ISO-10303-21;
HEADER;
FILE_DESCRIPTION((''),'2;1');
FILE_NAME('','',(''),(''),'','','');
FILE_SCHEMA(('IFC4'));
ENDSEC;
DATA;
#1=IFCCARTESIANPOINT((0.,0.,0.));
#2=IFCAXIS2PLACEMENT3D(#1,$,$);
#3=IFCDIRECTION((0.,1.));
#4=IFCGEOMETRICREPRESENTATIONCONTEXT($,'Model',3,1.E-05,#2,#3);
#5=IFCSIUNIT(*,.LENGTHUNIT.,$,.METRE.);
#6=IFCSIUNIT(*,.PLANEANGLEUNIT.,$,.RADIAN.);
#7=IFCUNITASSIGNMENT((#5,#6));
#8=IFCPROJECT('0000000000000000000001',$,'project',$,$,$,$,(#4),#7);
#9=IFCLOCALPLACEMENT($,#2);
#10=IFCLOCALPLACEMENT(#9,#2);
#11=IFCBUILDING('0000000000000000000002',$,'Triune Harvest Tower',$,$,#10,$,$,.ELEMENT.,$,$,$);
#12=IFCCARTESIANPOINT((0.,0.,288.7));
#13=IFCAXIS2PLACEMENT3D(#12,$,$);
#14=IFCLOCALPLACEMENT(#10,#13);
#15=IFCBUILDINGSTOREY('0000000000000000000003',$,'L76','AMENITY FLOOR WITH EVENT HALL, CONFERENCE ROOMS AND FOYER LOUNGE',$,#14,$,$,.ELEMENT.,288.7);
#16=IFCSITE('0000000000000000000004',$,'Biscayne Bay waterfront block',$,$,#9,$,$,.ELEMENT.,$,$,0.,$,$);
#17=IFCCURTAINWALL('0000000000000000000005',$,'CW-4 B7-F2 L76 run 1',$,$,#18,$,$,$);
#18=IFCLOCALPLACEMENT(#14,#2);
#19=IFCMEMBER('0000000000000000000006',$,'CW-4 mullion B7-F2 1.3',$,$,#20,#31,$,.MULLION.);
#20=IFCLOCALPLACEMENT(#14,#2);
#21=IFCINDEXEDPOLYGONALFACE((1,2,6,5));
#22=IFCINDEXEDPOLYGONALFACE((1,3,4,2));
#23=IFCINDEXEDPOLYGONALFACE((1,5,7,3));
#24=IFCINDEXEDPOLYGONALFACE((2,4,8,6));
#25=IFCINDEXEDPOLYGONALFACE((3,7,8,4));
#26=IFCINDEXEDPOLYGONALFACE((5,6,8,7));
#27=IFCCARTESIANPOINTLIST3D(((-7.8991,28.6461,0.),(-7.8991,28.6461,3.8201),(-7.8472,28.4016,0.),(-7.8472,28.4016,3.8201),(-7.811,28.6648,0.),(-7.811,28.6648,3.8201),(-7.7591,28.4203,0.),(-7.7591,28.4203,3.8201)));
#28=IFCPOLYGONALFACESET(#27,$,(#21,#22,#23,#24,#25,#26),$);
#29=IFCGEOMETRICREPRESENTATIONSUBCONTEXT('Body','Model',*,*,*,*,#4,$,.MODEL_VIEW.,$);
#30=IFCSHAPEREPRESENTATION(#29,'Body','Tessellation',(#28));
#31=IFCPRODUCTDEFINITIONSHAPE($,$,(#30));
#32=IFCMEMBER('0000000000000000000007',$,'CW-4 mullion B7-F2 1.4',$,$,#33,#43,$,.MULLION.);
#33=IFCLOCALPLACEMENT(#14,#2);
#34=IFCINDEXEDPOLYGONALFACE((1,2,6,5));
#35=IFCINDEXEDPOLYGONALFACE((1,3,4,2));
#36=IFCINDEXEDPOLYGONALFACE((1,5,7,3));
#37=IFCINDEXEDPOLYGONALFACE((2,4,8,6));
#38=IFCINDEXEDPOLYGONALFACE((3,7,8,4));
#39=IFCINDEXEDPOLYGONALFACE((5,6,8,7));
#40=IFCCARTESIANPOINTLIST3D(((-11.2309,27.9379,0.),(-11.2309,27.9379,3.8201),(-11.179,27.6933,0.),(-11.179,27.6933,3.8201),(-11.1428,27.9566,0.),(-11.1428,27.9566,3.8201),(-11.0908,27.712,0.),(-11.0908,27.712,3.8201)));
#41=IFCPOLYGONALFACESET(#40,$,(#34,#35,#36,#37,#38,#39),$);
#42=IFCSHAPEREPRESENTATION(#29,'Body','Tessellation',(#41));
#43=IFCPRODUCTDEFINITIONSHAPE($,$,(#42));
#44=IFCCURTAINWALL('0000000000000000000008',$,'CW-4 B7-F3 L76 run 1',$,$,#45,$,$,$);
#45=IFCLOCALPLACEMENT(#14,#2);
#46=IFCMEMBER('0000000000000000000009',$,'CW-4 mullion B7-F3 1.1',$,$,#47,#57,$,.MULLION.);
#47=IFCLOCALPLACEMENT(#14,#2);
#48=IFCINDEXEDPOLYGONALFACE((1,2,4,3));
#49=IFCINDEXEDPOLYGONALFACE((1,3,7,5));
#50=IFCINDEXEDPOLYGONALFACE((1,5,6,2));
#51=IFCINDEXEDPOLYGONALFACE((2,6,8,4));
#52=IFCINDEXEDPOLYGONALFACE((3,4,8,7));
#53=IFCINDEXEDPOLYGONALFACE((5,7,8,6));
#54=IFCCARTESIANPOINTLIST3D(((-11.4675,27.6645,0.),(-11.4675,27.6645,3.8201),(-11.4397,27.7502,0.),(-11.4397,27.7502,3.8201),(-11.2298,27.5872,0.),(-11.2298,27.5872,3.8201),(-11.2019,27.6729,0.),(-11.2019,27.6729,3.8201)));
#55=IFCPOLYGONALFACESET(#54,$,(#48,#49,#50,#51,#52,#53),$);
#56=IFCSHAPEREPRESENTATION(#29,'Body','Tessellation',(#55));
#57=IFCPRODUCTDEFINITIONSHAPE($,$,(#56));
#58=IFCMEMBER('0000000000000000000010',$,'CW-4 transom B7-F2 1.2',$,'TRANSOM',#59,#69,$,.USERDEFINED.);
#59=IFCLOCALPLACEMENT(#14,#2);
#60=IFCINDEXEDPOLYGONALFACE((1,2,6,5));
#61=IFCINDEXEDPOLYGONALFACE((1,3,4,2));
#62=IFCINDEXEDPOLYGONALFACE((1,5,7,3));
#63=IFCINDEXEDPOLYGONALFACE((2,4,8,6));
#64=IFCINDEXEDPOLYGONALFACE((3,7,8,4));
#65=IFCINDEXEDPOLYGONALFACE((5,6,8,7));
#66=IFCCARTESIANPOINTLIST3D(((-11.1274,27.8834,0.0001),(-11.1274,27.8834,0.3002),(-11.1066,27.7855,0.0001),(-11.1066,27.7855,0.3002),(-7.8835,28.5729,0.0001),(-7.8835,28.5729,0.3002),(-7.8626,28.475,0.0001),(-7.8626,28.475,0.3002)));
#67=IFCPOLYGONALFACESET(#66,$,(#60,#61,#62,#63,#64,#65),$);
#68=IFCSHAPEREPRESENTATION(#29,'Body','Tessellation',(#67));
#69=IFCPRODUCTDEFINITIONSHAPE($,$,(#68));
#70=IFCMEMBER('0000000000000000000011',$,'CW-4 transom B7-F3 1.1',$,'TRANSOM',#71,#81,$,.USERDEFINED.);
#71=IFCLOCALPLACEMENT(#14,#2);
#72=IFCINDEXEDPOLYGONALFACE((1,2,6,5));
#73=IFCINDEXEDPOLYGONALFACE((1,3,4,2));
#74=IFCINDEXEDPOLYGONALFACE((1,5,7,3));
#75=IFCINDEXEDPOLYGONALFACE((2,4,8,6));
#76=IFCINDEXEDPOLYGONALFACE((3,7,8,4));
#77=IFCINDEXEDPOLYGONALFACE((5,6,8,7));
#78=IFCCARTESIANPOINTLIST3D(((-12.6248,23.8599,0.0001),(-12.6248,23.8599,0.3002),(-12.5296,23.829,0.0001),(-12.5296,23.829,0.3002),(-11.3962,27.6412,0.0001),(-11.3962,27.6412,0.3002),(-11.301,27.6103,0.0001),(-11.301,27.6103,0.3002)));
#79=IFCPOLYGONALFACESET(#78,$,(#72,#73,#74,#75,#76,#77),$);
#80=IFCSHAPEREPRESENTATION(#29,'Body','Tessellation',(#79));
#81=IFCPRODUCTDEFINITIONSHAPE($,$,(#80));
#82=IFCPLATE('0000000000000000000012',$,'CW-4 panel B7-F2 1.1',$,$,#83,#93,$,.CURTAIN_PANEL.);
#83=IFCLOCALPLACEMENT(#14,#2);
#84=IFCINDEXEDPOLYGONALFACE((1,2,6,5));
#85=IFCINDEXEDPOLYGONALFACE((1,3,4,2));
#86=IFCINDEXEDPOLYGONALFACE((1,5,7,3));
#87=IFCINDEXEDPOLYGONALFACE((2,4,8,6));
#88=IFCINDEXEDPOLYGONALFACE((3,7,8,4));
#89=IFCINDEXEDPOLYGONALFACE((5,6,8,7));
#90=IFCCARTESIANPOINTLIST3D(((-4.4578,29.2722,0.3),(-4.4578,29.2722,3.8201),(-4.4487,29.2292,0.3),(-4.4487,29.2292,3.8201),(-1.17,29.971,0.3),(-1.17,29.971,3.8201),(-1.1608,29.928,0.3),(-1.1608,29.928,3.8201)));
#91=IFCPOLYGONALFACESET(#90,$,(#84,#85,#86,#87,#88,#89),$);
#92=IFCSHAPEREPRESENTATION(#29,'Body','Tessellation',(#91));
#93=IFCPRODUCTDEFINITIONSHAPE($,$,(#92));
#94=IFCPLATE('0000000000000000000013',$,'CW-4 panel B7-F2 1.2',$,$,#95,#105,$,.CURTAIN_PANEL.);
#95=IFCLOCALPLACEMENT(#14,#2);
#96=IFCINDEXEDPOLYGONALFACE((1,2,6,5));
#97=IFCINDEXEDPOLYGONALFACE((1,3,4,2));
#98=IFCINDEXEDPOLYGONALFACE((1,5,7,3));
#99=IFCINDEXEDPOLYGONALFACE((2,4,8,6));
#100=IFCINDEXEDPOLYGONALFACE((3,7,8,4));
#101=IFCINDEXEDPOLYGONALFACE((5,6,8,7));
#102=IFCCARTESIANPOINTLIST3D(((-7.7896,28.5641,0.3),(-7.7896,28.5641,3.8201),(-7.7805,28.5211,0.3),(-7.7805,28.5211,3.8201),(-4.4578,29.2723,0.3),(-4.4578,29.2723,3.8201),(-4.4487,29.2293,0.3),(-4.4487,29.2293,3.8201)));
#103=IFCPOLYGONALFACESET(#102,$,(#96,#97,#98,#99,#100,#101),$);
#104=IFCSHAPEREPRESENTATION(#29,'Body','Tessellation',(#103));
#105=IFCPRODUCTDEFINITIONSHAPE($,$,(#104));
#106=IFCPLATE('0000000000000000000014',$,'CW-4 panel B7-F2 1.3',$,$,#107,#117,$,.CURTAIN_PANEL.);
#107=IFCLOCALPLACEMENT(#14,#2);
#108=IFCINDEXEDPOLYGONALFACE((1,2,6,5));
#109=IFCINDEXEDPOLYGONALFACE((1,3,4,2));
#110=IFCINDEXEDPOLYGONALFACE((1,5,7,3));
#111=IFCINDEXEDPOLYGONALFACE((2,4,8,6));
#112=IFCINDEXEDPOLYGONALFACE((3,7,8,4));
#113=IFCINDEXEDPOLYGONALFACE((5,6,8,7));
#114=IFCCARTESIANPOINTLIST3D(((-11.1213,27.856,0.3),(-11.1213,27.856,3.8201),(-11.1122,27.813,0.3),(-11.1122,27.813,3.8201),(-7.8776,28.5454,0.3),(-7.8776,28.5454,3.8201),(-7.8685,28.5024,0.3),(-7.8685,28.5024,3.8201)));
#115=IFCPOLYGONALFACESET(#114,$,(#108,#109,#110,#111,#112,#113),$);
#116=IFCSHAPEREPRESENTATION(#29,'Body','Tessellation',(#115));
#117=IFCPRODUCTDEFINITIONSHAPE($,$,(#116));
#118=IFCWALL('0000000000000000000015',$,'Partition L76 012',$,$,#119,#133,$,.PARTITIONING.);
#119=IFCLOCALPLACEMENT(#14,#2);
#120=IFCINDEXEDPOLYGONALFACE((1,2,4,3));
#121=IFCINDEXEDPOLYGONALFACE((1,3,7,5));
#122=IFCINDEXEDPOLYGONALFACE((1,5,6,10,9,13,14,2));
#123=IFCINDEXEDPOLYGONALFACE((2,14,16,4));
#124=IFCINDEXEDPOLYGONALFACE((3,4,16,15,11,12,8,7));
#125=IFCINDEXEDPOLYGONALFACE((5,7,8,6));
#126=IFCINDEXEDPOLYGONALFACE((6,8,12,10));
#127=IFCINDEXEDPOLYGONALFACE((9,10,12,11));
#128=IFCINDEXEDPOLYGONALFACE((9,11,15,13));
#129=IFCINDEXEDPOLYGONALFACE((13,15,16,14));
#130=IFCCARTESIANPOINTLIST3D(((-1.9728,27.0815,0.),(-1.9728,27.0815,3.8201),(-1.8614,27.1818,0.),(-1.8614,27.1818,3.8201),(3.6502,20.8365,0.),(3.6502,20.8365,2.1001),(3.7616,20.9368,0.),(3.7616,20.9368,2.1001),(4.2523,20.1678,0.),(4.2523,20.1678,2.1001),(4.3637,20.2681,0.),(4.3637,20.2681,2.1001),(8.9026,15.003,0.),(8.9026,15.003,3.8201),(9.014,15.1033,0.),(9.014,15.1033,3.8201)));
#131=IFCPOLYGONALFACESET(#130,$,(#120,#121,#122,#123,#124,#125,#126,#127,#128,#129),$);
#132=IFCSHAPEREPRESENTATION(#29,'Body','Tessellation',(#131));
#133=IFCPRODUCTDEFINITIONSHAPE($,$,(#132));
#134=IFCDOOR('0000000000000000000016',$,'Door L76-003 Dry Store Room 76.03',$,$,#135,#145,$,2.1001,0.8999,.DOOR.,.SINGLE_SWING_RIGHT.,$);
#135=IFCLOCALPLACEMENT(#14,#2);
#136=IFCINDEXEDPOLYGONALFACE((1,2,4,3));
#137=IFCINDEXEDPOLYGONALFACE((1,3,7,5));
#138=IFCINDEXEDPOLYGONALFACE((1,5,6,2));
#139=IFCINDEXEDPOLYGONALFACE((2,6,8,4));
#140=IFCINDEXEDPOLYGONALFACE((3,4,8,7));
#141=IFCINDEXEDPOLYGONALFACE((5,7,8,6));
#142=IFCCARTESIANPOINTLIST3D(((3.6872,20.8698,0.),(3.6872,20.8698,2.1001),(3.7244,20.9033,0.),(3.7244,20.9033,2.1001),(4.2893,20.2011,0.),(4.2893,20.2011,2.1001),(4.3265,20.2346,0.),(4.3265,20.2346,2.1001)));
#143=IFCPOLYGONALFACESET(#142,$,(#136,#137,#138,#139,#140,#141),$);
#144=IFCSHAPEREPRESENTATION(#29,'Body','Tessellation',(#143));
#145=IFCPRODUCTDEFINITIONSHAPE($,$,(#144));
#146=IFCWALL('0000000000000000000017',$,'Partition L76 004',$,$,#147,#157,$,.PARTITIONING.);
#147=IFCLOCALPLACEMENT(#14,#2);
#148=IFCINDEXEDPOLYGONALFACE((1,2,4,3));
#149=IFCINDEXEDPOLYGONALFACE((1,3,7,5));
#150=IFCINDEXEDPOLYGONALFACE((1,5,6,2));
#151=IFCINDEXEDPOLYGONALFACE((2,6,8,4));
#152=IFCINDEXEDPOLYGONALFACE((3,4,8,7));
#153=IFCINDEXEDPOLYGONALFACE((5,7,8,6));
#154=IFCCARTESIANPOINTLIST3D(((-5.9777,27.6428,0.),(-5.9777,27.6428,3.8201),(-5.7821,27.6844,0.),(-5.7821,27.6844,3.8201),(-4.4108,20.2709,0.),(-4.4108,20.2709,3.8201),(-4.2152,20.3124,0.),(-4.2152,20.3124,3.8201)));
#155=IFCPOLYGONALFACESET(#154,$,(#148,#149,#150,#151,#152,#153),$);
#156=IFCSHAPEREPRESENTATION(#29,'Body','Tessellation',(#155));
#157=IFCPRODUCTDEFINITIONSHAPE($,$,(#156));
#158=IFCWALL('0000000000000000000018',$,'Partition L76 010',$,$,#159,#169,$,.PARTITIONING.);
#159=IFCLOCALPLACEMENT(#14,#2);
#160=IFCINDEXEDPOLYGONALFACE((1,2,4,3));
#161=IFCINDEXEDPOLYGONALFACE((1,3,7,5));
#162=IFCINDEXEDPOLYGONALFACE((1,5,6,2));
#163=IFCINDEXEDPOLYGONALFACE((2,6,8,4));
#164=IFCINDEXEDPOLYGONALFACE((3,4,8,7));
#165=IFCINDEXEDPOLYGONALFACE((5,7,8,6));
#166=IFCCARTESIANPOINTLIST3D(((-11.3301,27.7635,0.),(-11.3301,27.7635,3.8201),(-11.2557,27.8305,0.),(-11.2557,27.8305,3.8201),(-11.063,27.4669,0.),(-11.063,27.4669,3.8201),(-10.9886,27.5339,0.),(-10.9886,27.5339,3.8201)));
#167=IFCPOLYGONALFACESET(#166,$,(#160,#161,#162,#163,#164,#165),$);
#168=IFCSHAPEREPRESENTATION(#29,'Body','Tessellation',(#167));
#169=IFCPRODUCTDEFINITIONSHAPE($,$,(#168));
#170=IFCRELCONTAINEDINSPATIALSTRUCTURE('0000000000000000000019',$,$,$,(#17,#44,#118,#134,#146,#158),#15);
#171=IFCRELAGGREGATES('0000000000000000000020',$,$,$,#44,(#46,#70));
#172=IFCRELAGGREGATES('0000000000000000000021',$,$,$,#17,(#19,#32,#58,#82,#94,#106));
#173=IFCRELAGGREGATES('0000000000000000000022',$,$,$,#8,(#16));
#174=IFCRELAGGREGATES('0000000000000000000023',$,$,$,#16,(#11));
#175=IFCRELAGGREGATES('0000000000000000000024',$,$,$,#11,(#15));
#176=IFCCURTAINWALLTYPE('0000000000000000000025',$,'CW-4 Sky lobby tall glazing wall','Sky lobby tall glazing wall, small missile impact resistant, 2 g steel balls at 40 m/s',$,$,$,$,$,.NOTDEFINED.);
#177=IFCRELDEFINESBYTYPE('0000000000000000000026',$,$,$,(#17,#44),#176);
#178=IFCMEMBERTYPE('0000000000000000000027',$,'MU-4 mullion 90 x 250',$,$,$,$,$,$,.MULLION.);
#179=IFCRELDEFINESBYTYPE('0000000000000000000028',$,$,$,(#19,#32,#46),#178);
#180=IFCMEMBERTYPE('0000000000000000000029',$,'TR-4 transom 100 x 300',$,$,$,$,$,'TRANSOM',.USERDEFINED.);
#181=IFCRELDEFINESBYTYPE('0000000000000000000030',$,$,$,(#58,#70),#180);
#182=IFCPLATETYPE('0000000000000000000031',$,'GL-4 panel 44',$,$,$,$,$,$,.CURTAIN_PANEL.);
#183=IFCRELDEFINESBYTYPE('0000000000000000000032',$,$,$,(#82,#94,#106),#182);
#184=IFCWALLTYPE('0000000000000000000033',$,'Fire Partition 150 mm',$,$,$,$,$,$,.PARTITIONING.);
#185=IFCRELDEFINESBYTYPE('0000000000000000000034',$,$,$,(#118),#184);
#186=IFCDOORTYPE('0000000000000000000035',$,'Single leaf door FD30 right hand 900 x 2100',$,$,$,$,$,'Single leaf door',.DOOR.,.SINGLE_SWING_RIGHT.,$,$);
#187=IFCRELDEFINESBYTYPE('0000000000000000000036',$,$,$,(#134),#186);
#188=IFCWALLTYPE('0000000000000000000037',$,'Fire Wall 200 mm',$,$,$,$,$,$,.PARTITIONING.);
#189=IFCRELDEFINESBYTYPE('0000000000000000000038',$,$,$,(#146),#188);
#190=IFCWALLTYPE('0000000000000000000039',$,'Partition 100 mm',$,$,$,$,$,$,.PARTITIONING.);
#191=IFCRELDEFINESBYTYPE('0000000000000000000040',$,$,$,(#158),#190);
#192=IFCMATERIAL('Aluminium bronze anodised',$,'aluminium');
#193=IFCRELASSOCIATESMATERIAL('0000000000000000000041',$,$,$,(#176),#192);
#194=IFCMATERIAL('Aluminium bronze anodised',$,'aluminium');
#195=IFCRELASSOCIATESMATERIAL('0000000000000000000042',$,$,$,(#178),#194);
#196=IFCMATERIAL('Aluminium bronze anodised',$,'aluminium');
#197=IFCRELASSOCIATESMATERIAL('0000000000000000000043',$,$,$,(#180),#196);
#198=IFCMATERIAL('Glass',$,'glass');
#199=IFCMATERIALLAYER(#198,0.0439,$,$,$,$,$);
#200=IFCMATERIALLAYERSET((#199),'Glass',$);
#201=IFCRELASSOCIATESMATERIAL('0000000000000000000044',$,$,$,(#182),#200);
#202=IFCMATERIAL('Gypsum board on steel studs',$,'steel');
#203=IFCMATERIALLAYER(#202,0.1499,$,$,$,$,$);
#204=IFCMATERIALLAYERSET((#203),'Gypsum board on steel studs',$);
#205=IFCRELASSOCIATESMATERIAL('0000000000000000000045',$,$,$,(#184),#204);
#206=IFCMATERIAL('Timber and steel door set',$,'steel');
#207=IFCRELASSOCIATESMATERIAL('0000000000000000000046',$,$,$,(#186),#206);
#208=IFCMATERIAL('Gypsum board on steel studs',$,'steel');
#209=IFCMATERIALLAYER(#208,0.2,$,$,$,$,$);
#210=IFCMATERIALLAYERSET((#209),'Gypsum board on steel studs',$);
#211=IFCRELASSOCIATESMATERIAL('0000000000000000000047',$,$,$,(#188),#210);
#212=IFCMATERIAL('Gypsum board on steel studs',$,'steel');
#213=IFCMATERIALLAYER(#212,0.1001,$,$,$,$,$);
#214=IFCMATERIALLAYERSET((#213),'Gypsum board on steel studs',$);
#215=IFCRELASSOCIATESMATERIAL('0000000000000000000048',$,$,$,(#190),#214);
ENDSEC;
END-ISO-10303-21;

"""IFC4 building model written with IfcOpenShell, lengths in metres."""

from ifc_helpers import new_model, si_unit, direction, frame, frame_2d, origin, origin_2d, place, context, subcontext, project, spatial, rectangle, extrude, source, transform, mapped, material, layer, layer_set, material_profile, profile_set, type_object, element, fill, aggregate, save


model = new_model("IFC4")

# Units and contexts
model_context = context("Model", 3, precision=1e-05, world=origin(), true_north=direction((0.0, 1.0)))
body_context = subcontext(model_context, "Body", "Model", "MODEL_VIEW")
ifc_project = project(units=[si_unit("LENGTHUNIT", "METRE"), si_unit("PLANEANGLEUNIT", "RADIAN")], contexts=[model_context])

# Site, building, storey
site_placement = place(None, origin())
site = spatial("IfcSite", under=ifc_project, at=site_placement, Name="Biscayne Bay waterfront block", CompositionType="ELEMENT", RefElevation=0.0)
building_placement = place(site_placement, origin())
building = spatial("IfcBuilding", under=site, at=building_placement, Name="Triune Harvest Tower", CompositionType="ELEMENT")
storey_placement = place(building_placement, frame((0.0, 0.0, 288.7)))
storey = spatial("IfcBuildingStorey", under=building, at=storey_placement, Name="L76", Description="AMENITY FLOOR WITH EVENT HALL, CONFERENCE ROOMS AND FOYER LOUNGE", CompositionType="ELEMENT", Elevation=288.7)

# Curtain wall, members
ifc_material_1 = material(Name="Aluminium bronze anodised", Category="aluminium")
curtain_wall_type = type_object("IfcCurtainWallType", Name="CW-4 Sky lobby tall glazing wall", Description="Sky lobby tall glazing wall, small missile impact resistant, 2 g steel balls at 40 m/s", PredefinedType="NOTDEFINED", material=ifc_material_1)
curtain_wall_1_placement = place(storey_placement, origin())
curtain_wall_1 = element("IfcCurtainWall", 1, at=curtain_wall_1_placement, inside=storey, type_object=curtain_wall_type, Name="CW-4 B7-F2 L76 run 1")
ifc_material_2 = material(Name="Aluminium bronze anodised", Category="aluminium")
ifc_material_profile_1 = material_profile(ifc_material_2, rectangle(XDim=0.25, YDim=0.0901, at=origin_2d()), Name="MU-4 mullion 90 x 250")
ifc_profile_set_1 = profile_set([ifc_material_profile_1], Name="Aluminium bronze anodised")
member_type_1 = type_object("IfcMemberType", Name="MU-4 mullion 90 x 250", PredefinedType="MULLION", material=ifc_profile_set_1)
shared_shape_1 = source(origin(), body_context, "Body", "SweptSolid", [
    extrude(rectangle(XDim=0.25, YDim=0.0901, at=origin_2d()), origin(), (0.0, 0.0, 1.0), 3.8201),
])
member_1_placement = place(storey_placement, frame((-7.8291, 28.5332, 0.0), z_axis=(0.0, 0.0, 1.0), x_axis=(0.207905, -0.978149, 0.0)))
member_1 = element("IfcMember", 2, at=member_1_placement, type_object=member_type_1, Name="CW-4 mullion B7-F2 1.3", PredefinedType="MULLION", context=body_context, shape_type="MappedRepresentation", body=[
    mapped(shared_shape_1, transform((0.0, 0.0, 0.0), scale=1.0)),
])
member_2_placement = place(storey_placement, frame((-11.1609, 27.825, 0.0), z_axis=(0.0, 0.0, 1.0), x_axis=(0.207905, -0.978149, 0.0)))
member_2 = element("IfcMember", 3, at=member_2_placement, type_object=member_type_1, Name="CW-4 mullion B7-F2 1.4", PredefinedType="MULLION", context=body_context, shape_type="MappedRepresentation", body=[
    mapped(shared_shape_1, transform((0.0, 0.0, 0.0), scale=1.0)),
])

# Curtain wall, member
curtain_wall_2_placement = place(storey_placement, origin())
curtain_wall_2 = element("IfcCurtainWall", 4, at=curtain_wall_2_placement, inside=storey, type_object=curtain_wall_type, Name="CW-4 B7-F3 L76 run 1")
member_3_placement = place(storey_placement, frame((-11.3347, 27.6687, 0.0), z_axis=(0.0, 0.0, 1.0), x_axis=(0.951058, -0.309011, 0.0)))
member_3 = element("IfcMember", 5, at=member_3_placement, type_object=member_type_1, Name="CW-4 mullion B7-F3 1.1", PredefinedType="MULLION", context=body_context, shape_type="MappedRepresentation", body=[
    mapped(shared_shape_1, transform((0.0, 0.0, 0.0), scale=1.0)),
])

# Members
ifc_material_3 = material(Name="Aluminium bronze anodised", Category="aluminium")
ifc_material_profile_2 = material_profile(ifc_material_3, rectangle(XDim=0.1001, YDim=0.3, at=origin_2d()), Name="TR-4 transom 100 x 300")
ifc_profile_set_2 = profile_set([ifc_material_profile_2], Name="Aluminium bronze anodised")
member_type_2 = type_object("IfcMemberType", Name="TR-4 transom 100 x 300", ElementType="TRANSOM", PredefinedType="USERDEFINED", material=ifc_profile_set_2)
shared_shape_2 = source(origin(), body_context, "Body", "SweptSolid", [
    extrude(rectangle(XDim=0.1001, YDim=0.3, at=origin_2d()), origin(), (0.0, 0.0, 1.0), 3.3164),
])
member_4_placement = place(storey_placement, frame((-7.873, 28.5239, 0.1501), z_axis=(-0.978151, -0.207895, 0.0), x_axis=(0.207895, -0.978151, 0.0)))
member_4 = element("IfcMember", 6, at=member_4_placement, type_object=member_type_2, Name="CW-4 transom B7-F2 1.2", ObjectType="TRANSOM", PredefinedType="USERDEFINED", context=body_context, shape_type="MappedRepresentation", body=[
    mapped(shared_shape_2, transform((0.0, 0.0, 0.0), scale=1.0)),
])
shared_shape_3 = source(origin(), body_context, "Body", "SweptSolid", [
    extrude(rectangle(XDim=0.1001, YDim=0.3, at=origin_2d()), origin(), (0.0, 0.0, 1.0), 3.9758),
])
member_5_placement = place(storey_placement, frame((-11.3486, 27.6257, 0.1501), z_axis=(-0.308997, -0.951063, 0.0), x_axis=(0.951063, -0.308997, 0.0)))
member_5 = element("IfcMember", 7, at=member_5_placement, type_object=member_type_2, Name="CW-4 transom B7-F3 1.1", ObjectType="TRANSOM", PredefinedType="USERDEFINED", context=body_context, shape_type="MappedRepresentation", body=[
    mapped(shared_shape_3, transform((0.0, 0.0, 0.0), scale=1.0)),
])
aggregate(curtain_wall_2, [member_3, member_5])

# Plates
ifc_material_4 = material(Name="Glass", Category="glass")
ifc_layer_1 = layer(ifc_material_4, 0.0439)
ifc_layer_set_1 = layer_set([ifc_layer_1], Name="Glass")
plate_type = type_object("IfcPlateType", Name="GL-4 panel 44", PredefinedType="CURTAIN_PANEL", material=ifc_layer_set_1)
shared_shape_4 = source(origin(), body_context, "Body", "SweptSolid", [
    extrude(rectangle(XDim=3.3613, YDim=0.0439, at=origin_2d()), origin(), (0.0, 0.0, 1.0), 3.52),
])
plate_1_placement = place(storey_placement, frame((-2.8093, 29.6001, 0.3), z_axis=(0.0, 0.0, 1.0), x_axis=(-0.978149, -0.207905, 0.0)))
plate_1 = element("IfcPlate", 8, at=plate_1_placement, type_object=plate_type, Name="CW-4 panel B7-F2 1.1", PredefinedType="CURTAIN_PANEL", context=body_context, shape_type="MappedRepresentation", body=[
    mapped(shared_shape_4, transform((0.0, 0.0, 0.0), scale=1.0)),
])
shared_shape_5 = source(origin(), body_context, "Body", "SweptSolid", [
    extrude(rectangle(XDim=3.4062, YDim=0.0439, at=origin_2d()), origin(), (0.0, 0.0, 1.0), 3.52),
])
plate_2_placement = place(storey_placement, frame((-6.1191, 28.8967, 0.3), z_axis=(0.0, 0.0, 1.0), x_axis=(-0.978149, -0.207905, 0.0)))
plate_2 = element("IfcPlate", 9, at=plate_2_placement, type_object=plate_type, Name="CW-4 panel B7-F2 1.2", PredefinedType="CURTAIN_PANEL", context=body_context, shape_type="MappedRepresentation", body=[
    mapped(shared_shape_5, transform((0.0, 0.0, 0.0), scale=1.0)),
])
shared_shape_6 = source(origin(), body_context, "Body", "SweptSolid", [
    extrude(rectangle(XDim=3.3162, YDim=0.0439, at=origin_2d()), origin(), (0.0, 0.0, 1.0), 3.52),
])
plate_3_placement = place(storey_placement, frame((-9.4949, 28.1792, 0.3), z_axis=(0.0, 0.0, 1.0), x_axis=(-0.978149, -0.207905, 0.0)))
plate_3 = element("IfcPlate", 10, at=plate_3_placement, type_object=plate_type, Name="CW-4 panel B7-F2 1.3", PredefinedType="CURTAIN_PANEL", context=body_context, shape_type="MappedRepresentation", body=[
    mapped(shared_shape_6, transform((0.0, 0.0, 0.0), scale=1.0)),
])
aggregate(curtain_wall_1, [member_1, member_2, member_4, plate_1, plate_2, plate_3])

# Wall, opening, door
ifc_material_5 = material(Name="Gypsum board on steel studs", Category="steel")
ifc_layer_2 = layer(ifc_material_5, 0.1499)
ifc_layer_set_2 = layer_set([ifc_layer_2], Name="Gypsum board on steel studs")
wall_type_1 = type_object("IfcWallType", Name="Fire Partition 150 mm", PredefinedType="PARTITIONING", material=ifc_layer_set_2)
wall_1_placement = place(storey_placement, frame((-1.917, 27.1316, 0.0), z_axis=(0.0, 0.0, 1.0), x_axis=(0.669126, -0.743149, 0.0)))
wall_1 = element("IfcWall", 11, at=wall_1_placement, inside=storey, type_object=wall_type_1, Name="Partition L76 012", PredefinedType="PARTITIONING", context=body_context, shape_type="SweptSolid", body=[
    extrude(rectangle(XDim=16.2532, YDim=0.1499, at=frame_2d((8.1265, 0.0))), origin(), (0.0, 0.0, 1.0), 3.8201),
])
opening_placement = place(wall_1_placement, frame((8.4033, 0.0, 0.0)))
opening = element("IfcOpeningElement", 12, at=opening_placement, cuts=wall_1, PredefinedType="OPENING", context=body_context, shape_type="SweptSolid", body=[
    extrude(rectangle(XDim=0.8999, YDim=2.1001, at=frame_2d((0.45, 1.05))), frame((0.0, 0.085, 0.0), z_axis=(0.0, -1.0, 0.0), x_axis=(1.0, 0.0, 0.0)), (0.0, 0.0, 1.0), 0.1699),
])
ifc_material_6 = material(Name="Timber and steel door set", Category="steel")
door_type = type_object("IfcDoorType", Name="Single leaf door FD30 right hand 900 x 2100", ElementType="Single leaf door", OperationType="SINGLE_SWING_RIGHT", PredefinedType="DOOR", material=ifc_material_6)
door_placement = place(opening_placement, origin())
door = element("IfcDoor", 13, at=door_placement, inside=storey, type_object=door_type, Name="Door L76-003 Dry Store Room 76.03", OperationType="SINGLE_SWING_RIGHT", OverallHeight=2.1001, OverallWidth=0.8999, PredefinedType="DOOR", context=body_context, shape_type="SweptSolid", body=[
    extrude(rectangle(XDim=0.8999, YDim=2.1001, at=frame_2d((0.45, 1.05))), frame((0.0, 0.0249, 0.0), z_axis=(0.0, -1.0, 0.0), x_axis=(1.0, 0.0, 0.0)), (0.0, 0.0, 1.0), 0.05),
])
fill(opening, door)

# Walls
ifc_material_7 = material(Name="Gypsum board on steel studs", Category="steel")
ifc_layer_3 = layer(ifc_material_7, 0.2)
ifc_layer_set_3 = layer_set([ifc_layer_3], Name="Gypsum board on steel studs")
wall_type_2 = type_object("IfcWallType", Name="Fire Wall 200 mm", PredefinedType="PARTITIONING", material=ifc_layer_set_3)
wall_2_placement = place(storey_placement, frame((-5.8799, 27.6636, 0.0), z_axis=(0.0, 0.0, 1.0), x_axis=(0.207907, -0.978149, 0.0)))
element("IfcWall", 14, at=wall_2_placement, inside=storey, type_object=wall_type_2, Name="Partition L76 004", PredefinedType="PARTITIONING", context=body_context, shape_type="SweptSolid", body=[
    extrude(rectangle(XDim=7.5366, YDim=0.2, at=frame_2d((3.7683, 0.0))), origin(), (0.0, 0.0, 1.0), 3.8201),
])
ifc_material_8 = material(Name="Gypsum board on steel studs", Category="steel")
ifc_layer_4 = layer(ifc_material_8, 0.1001)
ifc_layer_set_4 = layer_set([ifc_layer_4], Name="Gypsum board on steel studs")
wall_type_3 = type_object("IfcWallType", Name="Partition 100 mm", PredefinedType="PARTITIONING", material=ifc_layer_set_4)
wall_3_placement = place(storey_placement, frame((-11.293, 27.7971, 0.0), z_axis=(0.0, 0.0, 1.0), x_axis=(0.669134, -0.743142, 0.0)))
element("IfcWall", 15, at=wall_3_placement, inside=storey, type_object=wall_type_3, Name="Partition L76 010", PredefinedType="PARTITIONING", context=body_context, shape_type="SweptSolid", body=[
    extrude(rectangle(XDim=0.3992, YDim=0.1001, at=frame_2d((0.1997, 0.0))), origin(), (0.0, 0.0, 1.0), 3.8201),
])

save(model, "model.ifc")
